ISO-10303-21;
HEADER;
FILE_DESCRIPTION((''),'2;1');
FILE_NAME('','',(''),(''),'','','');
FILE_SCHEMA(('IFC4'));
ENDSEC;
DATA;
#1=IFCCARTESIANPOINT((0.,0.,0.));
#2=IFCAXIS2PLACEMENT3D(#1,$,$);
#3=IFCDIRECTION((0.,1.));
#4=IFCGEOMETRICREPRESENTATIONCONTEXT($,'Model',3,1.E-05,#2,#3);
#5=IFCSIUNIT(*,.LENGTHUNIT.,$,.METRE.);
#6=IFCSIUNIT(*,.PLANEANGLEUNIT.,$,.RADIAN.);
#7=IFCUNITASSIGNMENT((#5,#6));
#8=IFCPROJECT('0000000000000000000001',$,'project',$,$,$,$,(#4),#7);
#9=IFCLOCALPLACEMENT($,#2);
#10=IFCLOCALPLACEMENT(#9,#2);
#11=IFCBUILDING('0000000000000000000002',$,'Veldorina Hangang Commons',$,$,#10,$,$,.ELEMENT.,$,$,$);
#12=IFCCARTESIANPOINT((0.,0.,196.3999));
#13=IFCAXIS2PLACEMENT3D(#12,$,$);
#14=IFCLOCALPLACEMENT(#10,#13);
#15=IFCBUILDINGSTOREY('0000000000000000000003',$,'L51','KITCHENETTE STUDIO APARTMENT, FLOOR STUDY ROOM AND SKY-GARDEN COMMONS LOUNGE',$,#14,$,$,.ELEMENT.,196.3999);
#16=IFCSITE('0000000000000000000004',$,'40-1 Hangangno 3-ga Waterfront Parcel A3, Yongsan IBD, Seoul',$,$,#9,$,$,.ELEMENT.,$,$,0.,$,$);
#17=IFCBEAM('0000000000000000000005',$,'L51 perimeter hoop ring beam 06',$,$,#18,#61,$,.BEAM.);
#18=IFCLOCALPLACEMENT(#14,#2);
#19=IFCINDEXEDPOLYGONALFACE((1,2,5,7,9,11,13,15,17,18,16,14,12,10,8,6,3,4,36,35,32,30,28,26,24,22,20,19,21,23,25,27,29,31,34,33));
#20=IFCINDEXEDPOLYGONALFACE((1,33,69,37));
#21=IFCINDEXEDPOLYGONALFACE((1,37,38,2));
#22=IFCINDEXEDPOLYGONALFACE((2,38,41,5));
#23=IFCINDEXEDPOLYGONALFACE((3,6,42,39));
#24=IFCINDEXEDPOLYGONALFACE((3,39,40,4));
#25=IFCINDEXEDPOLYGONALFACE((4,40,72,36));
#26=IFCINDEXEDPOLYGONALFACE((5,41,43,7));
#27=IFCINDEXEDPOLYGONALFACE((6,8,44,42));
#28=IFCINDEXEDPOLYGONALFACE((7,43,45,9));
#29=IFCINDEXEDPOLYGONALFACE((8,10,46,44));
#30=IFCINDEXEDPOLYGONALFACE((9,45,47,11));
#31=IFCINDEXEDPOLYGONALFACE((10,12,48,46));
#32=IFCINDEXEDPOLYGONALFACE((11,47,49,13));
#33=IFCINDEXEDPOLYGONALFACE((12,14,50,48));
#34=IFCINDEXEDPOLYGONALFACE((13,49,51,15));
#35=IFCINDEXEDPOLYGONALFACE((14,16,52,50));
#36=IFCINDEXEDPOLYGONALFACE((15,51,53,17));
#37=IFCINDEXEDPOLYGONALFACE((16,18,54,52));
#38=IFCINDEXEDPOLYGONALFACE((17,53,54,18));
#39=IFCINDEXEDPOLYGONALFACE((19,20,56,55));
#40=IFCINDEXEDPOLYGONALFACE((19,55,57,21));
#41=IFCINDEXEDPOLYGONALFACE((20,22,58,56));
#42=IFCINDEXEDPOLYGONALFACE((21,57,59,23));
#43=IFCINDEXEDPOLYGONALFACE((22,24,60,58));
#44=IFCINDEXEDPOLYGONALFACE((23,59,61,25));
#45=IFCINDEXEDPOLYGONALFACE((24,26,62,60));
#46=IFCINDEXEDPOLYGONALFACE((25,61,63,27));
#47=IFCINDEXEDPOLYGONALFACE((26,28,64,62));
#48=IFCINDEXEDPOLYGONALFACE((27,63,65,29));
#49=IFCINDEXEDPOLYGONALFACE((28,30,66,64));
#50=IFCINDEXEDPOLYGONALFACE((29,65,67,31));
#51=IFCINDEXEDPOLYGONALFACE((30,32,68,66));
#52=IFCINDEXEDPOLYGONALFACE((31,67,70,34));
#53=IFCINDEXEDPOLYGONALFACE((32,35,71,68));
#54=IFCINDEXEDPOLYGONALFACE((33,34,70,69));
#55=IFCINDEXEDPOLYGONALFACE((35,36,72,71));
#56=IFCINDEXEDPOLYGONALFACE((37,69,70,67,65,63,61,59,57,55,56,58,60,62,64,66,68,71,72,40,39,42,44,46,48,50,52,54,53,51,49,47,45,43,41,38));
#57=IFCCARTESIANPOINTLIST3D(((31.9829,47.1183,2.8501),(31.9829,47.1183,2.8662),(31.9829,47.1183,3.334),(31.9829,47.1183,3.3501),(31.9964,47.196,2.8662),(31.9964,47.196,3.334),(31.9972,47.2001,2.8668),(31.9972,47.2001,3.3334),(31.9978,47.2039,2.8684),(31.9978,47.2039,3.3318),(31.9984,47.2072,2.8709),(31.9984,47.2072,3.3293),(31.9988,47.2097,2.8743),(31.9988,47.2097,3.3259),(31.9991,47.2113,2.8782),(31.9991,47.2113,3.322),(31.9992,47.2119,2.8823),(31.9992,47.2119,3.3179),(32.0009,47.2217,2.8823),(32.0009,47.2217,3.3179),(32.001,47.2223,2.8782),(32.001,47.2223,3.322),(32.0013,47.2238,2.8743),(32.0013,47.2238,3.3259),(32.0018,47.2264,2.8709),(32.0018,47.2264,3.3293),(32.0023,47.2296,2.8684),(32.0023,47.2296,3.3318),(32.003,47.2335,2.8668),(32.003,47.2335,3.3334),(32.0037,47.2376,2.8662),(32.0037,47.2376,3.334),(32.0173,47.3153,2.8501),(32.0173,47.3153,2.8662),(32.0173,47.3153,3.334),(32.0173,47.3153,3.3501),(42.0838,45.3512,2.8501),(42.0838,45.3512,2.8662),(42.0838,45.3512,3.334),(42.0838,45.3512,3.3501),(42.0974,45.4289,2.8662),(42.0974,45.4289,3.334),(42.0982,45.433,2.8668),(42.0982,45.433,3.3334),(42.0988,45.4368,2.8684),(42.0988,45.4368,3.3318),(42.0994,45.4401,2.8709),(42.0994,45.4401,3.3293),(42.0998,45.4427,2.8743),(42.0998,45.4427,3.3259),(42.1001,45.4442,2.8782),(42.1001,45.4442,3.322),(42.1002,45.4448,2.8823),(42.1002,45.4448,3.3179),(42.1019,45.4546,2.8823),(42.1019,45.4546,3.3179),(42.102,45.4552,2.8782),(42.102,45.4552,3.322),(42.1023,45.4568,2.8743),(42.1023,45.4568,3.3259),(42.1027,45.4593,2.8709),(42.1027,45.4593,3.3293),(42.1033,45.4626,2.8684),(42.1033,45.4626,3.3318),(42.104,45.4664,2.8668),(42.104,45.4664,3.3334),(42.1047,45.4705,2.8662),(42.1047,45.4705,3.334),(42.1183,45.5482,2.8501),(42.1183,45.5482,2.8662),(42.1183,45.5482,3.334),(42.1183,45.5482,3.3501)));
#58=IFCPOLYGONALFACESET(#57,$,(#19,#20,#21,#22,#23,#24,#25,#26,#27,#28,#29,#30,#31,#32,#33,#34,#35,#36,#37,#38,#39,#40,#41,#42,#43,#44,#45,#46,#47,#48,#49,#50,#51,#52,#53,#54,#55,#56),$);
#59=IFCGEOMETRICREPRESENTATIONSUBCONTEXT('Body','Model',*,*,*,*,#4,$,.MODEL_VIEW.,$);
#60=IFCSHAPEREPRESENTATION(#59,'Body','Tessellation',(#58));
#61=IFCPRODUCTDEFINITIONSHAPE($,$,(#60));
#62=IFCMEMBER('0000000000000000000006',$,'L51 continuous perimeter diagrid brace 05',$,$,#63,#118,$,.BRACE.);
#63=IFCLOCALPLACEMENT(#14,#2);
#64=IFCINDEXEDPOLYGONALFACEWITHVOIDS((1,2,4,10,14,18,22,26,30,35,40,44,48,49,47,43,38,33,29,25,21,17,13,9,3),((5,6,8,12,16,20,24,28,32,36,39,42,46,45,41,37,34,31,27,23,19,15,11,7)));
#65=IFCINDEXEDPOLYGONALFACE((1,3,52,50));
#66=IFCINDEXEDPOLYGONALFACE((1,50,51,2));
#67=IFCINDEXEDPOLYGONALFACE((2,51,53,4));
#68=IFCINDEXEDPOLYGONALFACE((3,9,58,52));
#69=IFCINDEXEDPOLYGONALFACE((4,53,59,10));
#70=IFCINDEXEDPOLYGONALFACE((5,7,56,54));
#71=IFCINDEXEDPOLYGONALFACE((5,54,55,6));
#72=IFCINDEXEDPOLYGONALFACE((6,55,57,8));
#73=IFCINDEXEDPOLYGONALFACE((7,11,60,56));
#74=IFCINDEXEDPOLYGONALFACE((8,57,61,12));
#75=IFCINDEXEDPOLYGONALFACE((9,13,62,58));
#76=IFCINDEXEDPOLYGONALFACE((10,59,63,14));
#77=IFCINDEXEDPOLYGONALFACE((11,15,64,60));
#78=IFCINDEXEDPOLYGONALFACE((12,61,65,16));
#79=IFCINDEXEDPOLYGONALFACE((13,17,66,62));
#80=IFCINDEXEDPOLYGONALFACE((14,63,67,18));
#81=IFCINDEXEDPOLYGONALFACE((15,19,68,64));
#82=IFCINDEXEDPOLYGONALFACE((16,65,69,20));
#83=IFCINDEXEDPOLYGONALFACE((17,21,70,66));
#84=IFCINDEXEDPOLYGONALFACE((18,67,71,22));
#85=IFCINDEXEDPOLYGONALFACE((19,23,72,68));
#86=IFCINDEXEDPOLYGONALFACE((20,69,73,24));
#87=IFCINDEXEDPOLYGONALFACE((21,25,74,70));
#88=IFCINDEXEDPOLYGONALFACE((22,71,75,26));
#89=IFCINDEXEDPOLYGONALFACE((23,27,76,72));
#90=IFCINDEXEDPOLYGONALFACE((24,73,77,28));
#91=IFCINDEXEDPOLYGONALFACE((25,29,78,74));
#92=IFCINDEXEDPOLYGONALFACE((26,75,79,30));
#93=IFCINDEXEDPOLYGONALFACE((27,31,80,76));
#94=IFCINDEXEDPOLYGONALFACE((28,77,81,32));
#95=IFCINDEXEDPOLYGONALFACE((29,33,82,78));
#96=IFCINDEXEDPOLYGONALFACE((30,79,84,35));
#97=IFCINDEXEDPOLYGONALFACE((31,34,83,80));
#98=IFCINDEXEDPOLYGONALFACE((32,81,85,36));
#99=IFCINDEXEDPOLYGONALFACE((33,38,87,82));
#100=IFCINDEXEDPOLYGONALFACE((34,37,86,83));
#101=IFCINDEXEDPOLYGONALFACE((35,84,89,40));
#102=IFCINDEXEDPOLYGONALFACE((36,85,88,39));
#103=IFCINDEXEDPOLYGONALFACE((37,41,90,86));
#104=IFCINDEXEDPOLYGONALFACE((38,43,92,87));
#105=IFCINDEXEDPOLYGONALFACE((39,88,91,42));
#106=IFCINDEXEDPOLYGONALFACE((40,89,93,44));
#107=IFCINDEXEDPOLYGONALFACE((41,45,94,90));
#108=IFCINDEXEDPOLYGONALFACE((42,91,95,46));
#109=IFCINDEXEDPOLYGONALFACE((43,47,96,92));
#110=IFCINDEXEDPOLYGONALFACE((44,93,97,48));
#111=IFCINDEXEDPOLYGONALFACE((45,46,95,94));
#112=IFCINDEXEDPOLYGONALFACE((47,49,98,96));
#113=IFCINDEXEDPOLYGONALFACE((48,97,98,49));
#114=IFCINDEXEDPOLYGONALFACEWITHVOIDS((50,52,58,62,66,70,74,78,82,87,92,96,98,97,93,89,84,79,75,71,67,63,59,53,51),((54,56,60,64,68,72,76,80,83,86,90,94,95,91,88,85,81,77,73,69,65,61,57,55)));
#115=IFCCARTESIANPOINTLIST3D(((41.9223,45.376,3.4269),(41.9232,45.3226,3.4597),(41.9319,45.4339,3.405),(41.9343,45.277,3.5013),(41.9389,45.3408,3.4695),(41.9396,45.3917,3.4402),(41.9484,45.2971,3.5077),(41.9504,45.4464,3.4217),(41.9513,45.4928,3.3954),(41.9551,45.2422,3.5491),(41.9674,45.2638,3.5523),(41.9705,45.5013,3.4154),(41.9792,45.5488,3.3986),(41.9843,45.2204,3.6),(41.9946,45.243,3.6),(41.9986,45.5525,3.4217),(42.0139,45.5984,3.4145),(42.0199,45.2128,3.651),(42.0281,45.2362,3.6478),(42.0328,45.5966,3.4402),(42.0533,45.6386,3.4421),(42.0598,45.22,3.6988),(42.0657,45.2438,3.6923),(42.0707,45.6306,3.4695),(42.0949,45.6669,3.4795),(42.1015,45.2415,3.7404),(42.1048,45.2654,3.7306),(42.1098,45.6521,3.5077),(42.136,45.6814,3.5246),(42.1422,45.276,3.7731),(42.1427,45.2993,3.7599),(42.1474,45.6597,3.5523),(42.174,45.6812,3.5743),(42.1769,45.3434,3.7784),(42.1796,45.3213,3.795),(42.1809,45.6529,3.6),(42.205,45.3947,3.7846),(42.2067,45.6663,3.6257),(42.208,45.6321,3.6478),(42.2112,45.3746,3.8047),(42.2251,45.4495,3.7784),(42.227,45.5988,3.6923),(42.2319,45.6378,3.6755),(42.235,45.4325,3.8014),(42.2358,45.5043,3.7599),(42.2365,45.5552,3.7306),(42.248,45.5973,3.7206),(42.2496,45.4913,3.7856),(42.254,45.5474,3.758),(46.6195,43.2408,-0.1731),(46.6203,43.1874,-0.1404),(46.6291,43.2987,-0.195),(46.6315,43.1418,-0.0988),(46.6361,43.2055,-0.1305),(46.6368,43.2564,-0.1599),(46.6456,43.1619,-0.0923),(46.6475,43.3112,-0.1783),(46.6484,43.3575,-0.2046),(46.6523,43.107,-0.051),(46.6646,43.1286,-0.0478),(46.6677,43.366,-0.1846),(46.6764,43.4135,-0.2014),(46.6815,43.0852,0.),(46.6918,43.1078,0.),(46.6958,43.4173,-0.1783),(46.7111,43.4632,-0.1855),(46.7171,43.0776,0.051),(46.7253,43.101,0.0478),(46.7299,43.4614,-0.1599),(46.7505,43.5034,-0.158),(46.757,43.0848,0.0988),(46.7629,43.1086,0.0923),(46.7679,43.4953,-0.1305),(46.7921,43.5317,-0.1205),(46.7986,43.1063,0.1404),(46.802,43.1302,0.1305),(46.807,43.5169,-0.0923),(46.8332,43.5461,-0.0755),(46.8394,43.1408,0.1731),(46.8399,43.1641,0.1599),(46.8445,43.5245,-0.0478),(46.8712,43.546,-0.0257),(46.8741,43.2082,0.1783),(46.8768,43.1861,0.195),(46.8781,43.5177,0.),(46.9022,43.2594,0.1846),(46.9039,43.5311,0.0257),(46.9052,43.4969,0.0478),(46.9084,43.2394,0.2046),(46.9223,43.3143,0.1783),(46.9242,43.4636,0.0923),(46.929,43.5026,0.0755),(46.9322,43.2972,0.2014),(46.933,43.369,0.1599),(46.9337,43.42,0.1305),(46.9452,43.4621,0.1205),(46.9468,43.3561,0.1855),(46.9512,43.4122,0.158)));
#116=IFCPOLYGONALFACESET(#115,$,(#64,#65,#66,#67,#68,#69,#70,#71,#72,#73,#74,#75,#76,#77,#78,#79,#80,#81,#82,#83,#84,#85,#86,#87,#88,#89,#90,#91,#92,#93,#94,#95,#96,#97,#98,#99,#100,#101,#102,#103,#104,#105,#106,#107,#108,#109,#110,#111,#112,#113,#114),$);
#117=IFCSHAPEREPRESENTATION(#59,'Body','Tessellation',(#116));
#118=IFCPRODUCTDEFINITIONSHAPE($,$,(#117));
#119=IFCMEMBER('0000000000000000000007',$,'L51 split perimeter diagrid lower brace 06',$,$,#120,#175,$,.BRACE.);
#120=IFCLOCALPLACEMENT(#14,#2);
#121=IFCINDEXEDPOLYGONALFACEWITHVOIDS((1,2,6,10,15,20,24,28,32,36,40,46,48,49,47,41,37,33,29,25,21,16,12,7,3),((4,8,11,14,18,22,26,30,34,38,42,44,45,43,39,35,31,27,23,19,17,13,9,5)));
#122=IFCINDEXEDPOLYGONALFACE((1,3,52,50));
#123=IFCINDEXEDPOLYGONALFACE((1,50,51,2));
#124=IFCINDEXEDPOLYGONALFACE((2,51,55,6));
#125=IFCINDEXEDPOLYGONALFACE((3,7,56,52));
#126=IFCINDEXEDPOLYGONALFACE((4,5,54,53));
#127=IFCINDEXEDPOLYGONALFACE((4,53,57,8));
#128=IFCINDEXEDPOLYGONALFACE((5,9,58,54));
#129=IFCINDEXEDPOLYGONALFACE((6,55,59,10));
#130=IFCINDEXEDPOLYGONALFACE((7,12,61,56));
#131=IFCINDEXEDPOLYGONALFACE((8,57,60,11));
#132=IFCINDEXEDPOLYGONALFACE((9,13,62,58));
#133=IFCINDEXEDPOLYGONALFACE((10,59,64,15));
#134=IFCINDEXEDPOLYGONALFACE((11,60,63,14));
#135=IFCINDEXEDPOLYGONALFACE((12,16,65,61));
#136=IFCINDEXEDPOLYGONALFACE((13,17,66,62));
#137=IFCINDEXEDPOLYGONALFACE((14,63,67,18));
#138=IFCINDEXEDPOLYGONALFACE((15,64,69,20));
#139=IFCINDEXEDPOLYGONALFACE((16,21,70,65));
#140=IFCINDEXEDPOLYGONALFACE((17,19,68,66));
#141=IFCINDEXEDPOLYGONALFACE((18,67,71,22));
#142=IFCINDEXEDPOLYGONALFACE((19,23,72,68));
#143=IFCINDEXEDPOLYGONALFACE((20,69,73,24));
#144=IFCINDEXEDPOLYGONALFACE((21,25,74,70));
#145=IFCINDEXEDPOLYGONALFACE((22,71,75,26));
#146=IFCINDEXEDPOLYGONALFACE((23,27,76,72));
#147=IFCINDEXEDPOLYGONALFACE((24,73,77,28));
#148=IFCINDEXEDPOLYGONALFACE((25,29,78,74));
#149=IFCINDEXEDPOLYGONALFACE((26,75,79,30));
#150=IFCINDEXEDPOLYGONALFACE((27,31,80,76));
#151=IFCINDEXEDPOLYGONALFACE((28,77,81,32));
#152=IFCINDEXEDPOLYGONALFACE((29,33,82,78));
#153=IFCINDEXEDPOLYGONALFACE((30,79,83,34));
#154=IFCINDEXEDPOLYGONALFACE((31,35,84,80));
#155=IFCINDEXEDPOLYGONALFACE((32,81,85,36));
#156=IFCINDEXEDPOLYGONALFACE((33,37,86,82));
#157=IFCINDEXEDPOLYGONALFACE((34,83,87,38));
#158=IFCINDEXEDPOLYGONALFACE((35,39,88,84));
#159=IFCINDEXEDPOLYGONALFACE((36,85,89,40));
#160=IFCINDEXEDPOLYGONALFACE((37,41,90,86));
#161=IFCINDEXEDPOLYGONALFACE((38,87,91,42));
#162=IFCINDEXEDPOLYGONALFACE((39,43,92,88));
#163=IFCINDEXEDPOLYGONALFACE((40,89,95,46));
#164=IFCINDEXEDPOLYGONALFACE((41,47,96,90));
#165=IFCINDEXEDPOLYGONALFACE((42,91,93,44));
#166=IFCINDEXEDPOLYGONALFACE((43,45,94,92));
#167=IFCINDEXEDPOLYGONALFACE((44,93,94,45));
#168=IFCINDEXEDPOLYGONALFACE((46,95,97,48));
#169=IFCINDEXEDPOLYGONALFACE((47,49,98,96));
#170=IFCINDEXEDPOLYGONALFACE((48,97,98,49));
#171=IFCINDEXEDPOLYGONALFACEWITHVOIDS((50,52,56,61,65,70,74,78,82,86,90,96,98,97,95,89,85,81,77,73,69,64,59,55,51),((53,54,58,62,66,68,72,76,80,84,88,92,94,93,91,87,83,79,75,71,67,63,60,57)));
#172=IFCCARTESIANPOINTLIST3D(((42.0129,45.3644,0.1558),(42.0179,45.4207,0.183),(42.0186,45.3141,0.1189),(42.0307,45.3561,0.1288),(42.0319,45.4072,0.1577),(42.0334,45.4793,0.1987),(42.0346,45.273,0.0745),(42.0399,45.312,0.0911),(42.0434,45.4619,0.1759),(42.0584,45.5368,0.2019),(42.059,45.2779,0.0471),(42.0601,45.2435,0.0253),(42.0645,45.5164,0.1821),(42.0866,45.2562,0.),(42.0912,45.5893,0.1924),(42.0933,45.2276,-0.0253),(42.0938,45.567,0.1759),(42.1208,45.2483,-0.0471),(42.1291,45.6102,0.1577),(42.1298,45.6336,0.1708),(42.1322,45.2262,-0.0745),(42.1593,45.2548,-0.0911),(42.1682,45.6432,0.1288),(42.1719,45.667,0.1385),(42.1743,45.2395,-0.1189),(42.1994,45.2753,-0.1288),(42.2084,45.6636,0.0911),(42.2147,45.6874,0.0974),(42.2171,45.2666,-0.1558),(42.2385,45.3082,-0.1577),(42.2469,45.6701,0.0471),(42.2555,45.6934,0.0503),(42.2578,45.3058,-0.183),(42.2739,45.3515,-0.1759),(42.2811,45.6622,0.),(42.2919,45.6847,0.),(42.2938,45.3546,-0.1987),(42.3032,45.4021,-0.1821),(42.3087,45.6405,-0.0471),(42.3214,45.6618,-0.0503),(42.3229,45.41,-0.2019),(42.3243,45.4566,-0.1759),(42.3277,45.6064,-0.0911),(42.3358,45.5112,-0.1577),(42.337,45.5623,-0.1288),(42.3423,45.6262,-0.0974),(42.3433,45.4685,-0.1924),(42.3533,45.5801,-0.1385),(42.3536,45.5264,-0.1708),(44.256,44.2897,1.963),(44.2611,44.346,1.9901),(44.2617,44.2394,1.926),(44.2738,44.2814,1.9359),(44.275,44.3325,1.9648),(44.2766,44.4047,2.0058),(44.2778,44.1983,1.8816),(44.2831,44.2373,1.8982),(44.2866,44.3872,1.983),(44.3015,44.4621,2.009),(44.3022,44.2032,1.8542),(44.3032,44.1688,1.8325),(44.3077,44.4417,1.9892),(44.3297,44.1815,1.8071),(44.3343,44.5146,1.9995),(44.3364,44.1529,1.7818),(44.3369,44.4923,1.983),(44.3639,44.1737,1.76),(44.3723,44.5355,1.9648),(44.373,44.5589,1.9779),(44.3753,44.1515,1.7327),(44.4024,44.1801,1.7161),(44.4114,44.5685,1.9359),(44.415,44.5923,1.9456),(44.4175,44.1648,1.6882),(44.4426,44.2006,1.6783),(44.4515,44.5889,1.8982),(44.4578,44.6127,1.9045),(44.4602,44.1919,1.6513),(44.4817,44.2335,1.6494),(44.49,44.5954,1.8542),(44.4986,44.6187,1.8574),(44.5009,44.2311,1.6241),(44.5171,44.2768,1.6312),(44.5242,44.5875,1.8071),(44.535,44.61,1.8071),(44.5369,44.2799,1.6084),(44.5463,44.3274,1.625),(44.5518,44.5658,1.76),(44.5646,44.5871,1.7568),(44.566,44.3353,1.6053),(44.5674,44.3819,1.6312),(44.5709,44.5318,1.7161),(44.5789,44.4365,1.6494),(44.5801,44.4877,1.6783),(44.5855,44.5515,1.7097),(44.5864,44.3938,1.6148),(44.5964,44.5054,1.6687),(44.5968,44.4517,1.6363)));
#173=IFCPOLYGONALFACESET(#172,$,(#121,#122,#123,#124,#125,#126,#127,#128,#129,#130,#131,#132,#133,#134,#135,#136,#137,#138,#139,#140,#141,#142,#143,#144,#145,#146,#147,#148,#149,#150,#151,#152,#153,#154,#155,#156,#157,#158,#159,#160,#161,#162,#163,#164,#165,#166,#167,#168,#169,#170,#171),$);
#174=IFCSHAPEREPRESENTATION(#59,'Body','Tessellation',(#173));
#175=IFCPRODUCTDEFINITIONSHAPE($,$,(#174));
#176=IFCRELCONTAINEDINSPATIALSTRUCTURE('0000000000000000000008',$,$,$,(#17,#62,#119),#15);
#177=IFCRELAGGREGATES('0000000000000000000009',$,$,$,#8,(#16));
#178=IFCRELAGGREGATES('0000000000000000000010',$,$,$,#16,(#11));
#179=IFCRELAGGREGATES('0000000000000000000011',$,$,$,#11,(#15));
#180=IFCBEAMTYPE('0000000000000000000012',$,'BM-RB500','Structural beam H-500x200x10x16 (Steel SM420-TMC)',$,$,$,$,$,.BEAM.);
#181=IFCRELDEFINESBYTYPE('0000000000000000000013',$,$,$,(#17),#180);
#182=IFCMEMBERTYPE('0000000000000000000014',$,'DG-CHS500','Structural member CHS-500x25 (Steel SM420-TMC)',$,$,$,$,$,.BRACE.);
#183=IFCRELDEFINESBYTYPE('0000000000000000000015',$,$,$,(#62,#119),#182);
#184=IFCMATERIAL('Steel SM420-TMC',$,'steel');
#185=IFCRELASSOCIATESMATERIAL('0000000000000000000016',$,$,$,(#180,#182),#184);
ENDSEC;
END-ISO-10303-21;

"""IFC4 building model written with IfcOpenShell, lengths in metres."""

from ifc_helpers import new_model, si_unit, direction, frame, origin, origin_2d, place, context, subcontext, project, spatial, hollow_circle, i_section, extrude, material, material_profile, profile_set, type_object, element, save


model = new_model("IFC4")

# Units and contexts
model_context = context("Model", 3, precision=1e-05, world=origin(), true_north=direction((0.0, 1.0)))
body_context = subcontext(model_context, "Body", "Model", "MODEL_VIEW")
ifc_project = project(units=[si_unit("LENGTHUNIT", "METRE"), si_unit("PLANEANGLEUNIT", "RADIAN")], contexts=[model_context])

# Site, building, storey
site_placement = place(None, origin())
site = spatial("IfcSite", under=ifc_project, at=site_placement, Name="40-1 Hangangno 3-ga Waterfront Parcel A3, Yongsan IBD, Seoul", CompositionType="ELEMENT", RefElevation=0.0)
building_placement = place(site_placement, origin())
building = spatial("IfcBuilding", under=site, at=building_placement, Name="Veldorina Hangang Commons", CompositionType="ELEMENT")
storey_placement = place(building_placement, frame((0.0, 0.0, 196.3999)))
storey = spatial("IfcBuildingStorey", under=building, at=storey_placement, Name="L51", Description="KITCHENETTE STUDIO APARTMENT, FLOOR STUDY ROOM AND SKY-GARDEN COMMONS LOUNGE", CompositionType="ELEMENT", Elevation=196.3999)

# Beam
ifc_material_1 = material(Name="Steel SM420-TMC", Category="steel")
ifc_material_profile_1 = material_profile(ifc_material_1, i_section(OverallWidth=0.2, OverallDepth=0.5, WebThickness=0.01, FlangeThickness=0.0161, FilletRadius=0.0161, at=origin_2d()), Name="H-500x200x10x16")
ifc_profile_set_1 = profile_set([ifc_material_profile_1], Name="Steel SM420-TMC")
beam_type = type_object("IfcBeamType", Name="BM-RB500", Description="Structural beam H-500x200x10x16 (Steel SM420-TMC)", PredefinedType="BEAM", material=ifc_profile_set_1)
beam_placement = place(storey_placement, frame((42.1011, 45.4497, 3.1001), z_axis=(-0.98504, 0.172324, 0.0), x_axis=(-0.172324, -0.98504, 0.0)))
element("IfcBeam", 1, at=beam_placement, inside=storey, type_object=beam_type, Name="L51 perimeter hoop ring beam 06", PredefinedType="BEAM", context=body_context, shape_type="SweptSolid", body=[
    extrude(i_section(OverallWidth=0.2, OverallDepth=0.5, WebThickness=0.01, FlangeThickness=0.0161, FilletRadius=0.0161, at=origin_2d()), origin(), (0.0, 0.0, 1.0), 10.2544),
])

# Members
ifc_material_profile_2 = material_profile(ifc_material_1, hollow_circle(Radius=0.25, WallThickness=0.0249, at=origin_2d()), Name="CHS-500x25")
ifc_profile_set_2 = profile_set([ifc_material_profile_2], Name="Steel SM420-TMC")
member_type_1 = type_object("IfcMemberType", Name="DG-CHS500", Description="Structural member CHS-500x25 (Steel SM420-TMC)", PredefinedType="BRACE", material=ifc_profile_set_2)
member_1_placement = place(storey_placement, frame((46.7849, 43.3127, 0.0), z_axis=(-0.746592, 0.339381, 0.572206), x_axis=(-0.413824, -0.910357, 0.0)))
element("IfcMember", 2, at=member_1_placement, inside=storey, type_object=member_type_1, Name="L51 continuous perimeter diagrid brace 05", PredefinedType="BRACE", context=body_context, shape_type="SweptSolid", body=[
    extrude(hollow_circle(Radius=0.25, WallThickness=0.0249, at=origin_2d()), origin(), (0.0, 0.0, 1.0), 6.2915),
])
member_2_placement = place(storey_placement, frame((42.1838, 45.4592, 0.0), z_axis=(0.729605, -0.349556, 0.587781), x_axis=(0.432074, 0.901838, 0.0)))
element("IfcMember", 3, at=member_2_placement, inside=storey, type_object=member_type_1, Name="L51 split perimeter diagrid lower brace 06", PredefinedType="BRACE", context=body_context, shape_type="SweptSolid", body=[
    extrude(hollow_circle(Radius=0.25, WallThickness=0.0249, at=origin_2d()), origin(), (0.0, 0.0, 1.0), 3.0745),
])

save(model, "model.ifc")
